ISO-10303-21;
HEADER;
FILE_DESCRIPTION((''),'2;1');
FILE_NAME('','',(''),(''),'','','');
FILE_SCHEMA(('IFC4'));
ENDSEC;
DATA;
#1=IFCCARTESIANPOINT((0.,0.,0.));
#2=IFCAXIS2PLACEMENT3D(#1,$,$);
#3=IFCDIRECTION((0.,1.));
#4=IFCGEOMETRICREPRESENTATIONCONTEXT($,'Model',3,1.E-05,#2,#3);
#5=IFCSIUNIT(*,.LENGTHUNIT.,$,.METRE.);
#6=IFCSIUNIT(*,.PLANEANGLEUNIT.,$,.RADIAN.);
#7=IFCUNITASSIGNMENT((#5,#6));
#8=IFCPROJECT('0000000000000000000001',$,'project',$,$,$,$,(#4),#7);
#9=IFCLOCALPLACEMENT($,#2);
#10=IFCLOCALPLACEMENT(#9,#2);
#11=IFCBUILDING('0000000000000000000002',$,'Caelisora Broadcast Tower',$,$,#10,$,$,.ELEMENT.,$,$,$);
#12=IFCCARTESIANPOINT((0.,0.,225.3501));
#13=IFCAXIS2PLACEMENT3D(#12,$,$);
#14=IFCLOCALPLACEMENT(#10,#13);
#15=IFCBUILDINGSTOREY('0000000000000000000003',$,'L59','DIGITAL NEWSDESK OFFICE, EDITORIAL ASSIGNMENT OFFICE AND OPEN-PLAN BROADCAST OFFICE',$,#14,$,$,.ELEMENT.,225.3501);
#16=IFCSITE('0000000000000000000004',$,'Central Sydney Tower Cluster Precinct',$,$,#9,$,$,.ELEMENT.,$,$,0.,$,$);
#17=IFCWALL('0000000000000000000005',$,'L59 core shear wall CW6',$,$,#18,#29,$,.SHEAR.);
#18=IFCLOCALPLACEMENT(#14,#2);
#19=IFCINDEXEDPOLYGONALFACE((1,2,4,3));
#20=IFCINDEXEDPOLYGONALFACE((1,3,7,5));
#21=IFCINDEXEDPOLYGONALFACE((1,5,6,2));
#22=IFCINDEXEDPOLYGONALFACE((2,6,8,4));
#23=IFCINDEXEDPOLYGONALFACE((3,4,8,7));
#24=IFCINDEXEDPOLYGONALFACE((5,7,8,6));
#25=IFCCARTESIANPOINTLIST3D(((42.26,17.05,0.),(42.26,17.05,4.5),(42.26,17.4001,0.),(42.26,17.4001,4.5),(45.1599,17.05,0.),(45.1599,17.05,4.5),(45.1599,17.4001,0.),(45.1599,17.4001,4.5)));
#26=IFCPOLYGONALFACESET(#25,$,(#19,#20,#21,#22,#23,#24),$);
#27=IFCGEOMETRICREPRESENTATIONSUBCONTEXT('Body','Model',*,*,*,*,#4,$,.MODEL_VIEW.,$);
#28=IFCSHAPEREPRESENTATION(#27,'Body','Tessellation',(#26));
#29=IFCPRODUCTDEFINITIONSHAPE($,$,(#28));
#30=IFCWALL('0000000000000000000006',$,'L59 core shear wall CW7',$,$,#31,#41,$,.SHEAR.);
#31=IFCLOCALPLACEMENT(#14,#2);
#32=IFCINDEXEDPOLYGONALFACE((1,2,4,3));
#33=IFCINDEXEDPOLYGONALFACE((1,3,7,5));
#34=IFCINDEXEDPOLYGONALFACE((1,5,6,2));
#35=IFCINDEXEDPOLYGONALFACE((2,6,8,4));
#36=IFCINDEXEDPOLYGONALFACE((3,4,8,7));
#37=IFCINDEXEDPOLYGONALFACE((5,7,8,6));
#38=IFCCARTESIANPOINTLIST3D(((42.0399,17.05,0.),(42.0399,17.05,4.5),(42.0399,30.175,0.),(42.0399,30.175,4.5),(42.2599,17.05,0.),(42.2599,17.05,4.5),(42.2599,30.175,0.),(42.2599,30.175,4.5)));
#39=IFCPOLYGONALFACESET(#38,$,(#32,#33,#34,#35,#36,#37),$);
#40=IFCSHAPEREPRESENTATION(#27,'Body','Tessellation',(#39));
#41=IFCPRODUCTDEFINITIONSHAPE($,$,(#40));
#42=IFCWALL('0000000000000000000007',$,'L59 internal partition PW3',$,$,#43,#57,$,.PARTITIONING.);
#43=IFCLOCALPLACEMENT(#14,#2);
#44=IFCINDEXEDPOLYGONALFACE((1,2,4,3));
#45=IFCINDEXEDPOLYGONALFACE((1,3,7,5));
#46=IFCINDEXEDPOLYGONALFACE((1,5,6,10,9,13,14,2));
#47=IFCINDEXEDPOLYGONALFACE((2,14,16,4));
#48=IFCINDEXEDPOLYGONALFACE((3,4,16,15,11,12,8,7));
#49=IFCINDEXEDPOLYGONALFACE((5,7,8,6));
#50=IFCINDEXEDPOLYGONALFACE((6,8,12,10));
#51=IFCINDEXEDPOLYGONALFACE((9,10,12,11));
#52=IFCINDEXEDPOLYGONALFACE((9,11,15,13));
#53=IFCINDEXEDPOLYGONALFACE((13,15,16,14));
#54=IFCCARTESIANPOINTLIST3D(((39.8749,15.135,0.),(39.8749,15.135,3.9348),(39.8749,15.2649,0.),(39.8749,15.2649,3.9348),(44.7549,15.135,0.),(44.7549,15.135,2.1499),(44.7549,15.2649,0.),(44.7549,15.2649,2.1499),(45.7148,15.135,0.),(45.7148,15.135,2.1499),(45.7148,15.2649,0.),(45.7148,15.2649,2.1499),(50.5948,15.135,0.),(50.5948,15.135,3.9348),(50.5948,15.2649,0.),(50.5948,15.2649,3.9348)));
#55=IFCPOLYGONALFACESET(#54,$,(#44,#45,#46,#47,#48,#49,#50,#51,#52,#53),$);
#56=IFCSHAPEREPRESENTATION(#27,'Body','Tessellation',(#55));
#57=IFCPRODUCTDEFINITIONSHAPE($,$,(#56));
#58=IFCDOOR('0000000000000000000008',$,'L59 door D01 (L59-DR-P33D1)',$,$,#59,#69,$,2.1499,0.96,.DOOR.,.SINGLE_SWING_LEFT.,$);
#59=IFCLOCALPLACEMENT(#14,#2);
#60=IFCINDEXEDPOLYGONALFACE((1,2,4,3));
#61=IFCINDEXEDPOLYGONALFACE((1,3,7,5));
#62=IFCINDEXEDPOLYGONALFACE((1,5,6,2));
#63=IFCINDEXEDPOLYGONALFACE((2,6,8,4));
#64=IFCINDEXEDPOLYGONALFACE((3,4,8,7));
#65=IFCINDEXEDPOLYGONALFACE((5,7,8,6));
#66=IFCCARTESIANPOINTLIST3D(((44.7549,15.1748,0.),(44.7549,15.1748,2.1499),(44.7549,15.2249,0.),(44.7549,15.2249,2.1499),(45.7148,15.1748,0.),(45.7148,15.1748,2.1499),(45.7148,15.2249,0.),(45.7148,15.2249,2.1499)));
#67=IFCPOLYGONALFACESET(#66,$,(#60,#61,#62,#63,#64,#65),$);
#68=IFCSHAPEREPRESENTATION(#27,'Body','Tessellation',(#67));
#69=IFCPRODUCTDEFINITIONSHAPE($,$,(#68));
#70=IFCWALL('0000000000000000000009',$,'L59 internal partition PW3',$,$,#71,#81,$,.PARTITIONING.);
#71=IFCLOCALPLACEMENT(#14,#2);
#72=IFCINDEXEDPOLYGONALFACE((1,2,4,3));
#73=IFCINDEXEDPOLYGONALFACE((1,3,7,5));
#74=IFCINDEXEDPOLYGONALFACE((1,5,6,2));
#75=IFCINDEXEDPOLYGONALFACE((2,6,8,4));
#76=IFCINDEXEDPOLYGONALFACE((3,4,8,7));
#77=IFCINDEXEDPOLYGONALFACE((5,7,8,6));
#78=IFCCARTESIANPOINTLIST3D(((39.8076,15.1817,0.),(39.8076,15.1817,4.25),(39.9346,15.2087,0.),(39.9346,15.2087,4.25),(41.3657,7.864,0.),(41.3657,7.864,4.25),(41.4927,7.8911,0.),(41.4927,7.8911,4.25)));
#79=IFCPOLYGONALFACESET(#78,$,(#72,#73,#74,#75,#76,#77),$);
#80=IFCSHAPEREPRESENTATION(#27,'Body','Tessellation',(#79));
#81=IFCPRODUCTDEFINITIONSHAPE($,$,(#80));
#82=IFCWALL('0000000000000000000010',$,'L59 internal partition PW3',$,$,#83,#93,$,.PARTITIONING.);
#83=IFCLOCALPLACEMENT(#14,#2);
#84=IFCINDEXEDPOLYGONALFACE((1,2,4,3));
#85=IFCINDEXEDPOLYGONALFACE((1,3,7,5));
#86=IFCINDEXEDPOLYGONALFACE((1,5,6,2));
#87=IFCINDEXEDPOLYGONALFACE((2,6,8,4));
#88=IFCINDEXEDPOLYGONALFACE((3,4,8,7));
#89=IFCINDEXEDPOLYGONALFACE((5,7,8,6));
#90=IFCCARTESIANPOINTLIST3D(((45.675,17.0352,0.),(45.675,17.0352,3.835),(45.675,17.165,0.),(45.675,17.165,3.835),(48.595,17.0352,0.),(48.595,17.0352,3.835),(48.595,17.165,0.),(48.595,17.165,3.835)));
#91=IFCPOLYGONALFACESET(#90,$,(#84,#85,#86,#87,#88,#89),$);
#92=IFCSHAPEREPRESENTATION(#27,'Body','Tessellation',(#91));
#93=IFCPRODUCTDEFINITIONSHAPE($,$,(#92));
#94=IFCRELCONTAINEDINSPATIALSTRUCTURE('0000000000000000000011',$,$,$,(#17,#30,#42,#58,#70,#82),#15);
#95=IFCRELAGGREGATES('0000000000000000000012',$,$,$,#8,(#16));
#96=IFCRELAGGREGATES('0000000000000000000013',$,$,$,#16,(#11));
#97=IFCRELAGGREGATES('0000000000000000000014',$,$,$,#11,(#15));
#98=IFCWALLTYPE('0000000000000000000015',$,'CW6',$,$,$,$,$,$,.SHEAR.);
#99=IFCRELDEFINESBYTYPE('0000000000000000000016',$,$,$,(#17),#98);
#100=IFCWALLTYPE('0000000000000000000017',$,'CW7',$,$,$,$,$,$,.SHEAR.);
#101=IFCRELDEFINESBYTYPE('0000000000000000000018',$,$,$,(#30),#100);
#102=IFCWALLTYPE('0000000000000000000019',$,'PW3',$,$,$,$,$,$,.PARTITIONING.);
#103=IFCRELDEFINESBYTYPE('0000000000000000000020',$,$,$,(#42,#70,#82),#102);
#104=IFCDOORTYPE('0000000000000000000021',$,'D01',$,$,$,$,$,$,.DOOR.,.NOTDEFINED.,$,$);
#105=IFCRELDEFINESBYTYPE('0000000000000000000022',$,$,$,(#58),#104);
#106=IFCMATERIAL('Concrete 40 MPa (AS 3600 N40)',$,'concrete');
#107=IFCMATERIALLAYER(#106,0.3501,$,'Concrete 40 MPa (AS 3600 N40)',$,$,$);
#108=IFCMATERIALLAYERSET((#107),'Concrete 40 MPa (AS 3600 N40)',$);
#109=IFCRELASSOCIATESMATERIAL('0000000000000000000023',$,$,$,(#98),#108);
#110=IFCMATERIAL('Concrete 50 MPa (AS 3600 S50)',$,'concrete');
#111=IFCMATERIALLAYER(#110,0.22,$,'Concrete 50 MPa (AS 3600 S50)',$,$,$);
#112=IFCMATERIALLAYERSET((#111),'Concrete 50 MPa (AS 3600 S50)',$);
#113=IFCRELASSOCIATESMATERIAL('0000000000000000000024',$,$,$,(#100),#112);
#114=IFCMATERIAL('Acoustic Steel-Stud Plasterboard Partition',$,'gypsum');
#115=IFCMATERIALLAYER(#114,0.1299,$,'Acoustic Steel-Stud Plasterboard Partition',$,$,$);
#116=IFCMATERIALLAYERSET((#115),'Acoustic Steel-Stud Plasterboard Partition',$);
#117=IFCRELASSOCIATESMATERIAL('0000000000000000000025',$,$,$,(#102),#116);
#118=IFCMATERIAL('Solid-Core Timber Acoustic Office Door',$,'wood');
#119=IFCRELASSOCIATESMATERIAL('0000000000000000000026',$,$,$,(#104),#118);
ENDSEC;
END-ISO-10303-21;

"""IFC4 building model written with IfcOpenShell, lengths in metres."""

from ifc_helpers import new_model, si_unit, direction, frame, frame_2d, origin, place, context, subcontext, project, spatial, rectangle, extrude, material, layer, layer_set, type_object, element, fill, save


model = new_model("IFC4")

# Units and contexts
model_context = context("Model", 3, precision=1e-05, world=origin(), true_north=direction((0.0, 1.0)))
body_context = subcontext(model_context, "Body", "Model", "MODEL_VIEW")
ifc_project = project(units=[si_unit("LENGTHUNIT", "METRE"), si_unit("PLANEANGLEUNIT", "RADIAN")], contexts=[model_context])

# Site, building, storey
site_placement = place(None, origin())
site = spatial("IfcSite", under=ifc_project, at=site_placement, Name="Central Sydney Tower Cluster Precinct", CompositionType="ELEMENT", RefElevation=0.0)
building_placement = place(site_placement, origin())
building = spatial("IfcBuilding", under=site, at=building_placement, Name="Caelisora Broadcast Tower", CompositionType="ELEMENT")
storey_placement = place(building_placement, frame((0.0, 0.0, 225.3501)))
storey = spatial("IfcBuildingStorey", under=building, at=storey_placement, Name="L59", Description="DIGITAL NEWSDESK OFFICE, EDITORIAL ASSIGNMENT OFFICE AND OPEN-PLAN BROADCAST OFFICE", CompositionType="ELEMENT", Elevation=225.3501)

# Shared definitions
ifc_material_1 = material(Name="Concrete 40 MPa (AS 3600 N40)", Category="concrete")

# Walls
ifc_layer_1 = layer(ifc_material_1, 0.3501, Name="Concrete 40 MPa (AS 3600 N40)")
ifc_layer_set_1 = layer_set([ifc_layer_1], Name="Concrete 40 MPa (AS 3600 N40)")
wall_type_1 = type_object("IfcWallType", Name="CW6", PredefinedType="SHEAR", material=ifc_layer_set_1)
wall_1_placement = place(storey_placement, frame((42.26, 17.2251, 0.0), z_axis=(0.0, 0.0, 1.0), x_axis=(1.0, 0.0, 0.0)))
element("IfcWall", 1, at=wall_1_placement, inside=storey, type_object=wall_type_1, Name="L59 core shear wall CW6", PredefinedType="SHEAR", context=body_context, shape_type="SweptSolid", body=[
    extrude(rectangle(XDim=2.8999, YDim=0.3501, at=frame_2d((1.45, 0.0))), origin(), (0.0, 0.0, 1.0), 4.5),
])
ifc_material_2 = material(Name="Concrete 50 MPa (AS 3600 S50)", Category="concrete")
ifc_layer_2 = layer(ifc_material_2, 0.22, Name="Concrete 50 MPa (AS 3600 S50)")
ifc_layer_set_2 = layer_set([ifc_layer_2], Name="Concrete 50 MPa (AS 3600 S50)")
wall_type_2 = type_object("IfcWallType", Name="CW7", PredefinedType="SHEAR", material=ifc_layer_set_2)
wall_2_placement = place(storey_placement, frame((42.1499, 17.05, 0.0), z_axis=(0.0, 0.0, 1.0), x_axis=(0.0, 1.0, 0.0)))
element("IfcWall", 2, at=wall_2_placement, inside=storey, type_object=wall_type_2, Name="L59 core shear wall CW7", PredefinedType="SHEAR", context=body_context, shape_type="SweptSolid", body=[
    extrude(rectangle(XDim=13.125, YDim=0.22, at=frame_2d((6.5625, 0.0))), origin(), (0.0, 0.0, 1.0), 4.5),
])

# Wall, opening, door
ifc_material_3 = material(Name="Acoustic Steel-Stud Plasterboard Partition", Category="gypsum")
ifc_layer_3 = layer(ifc_material_3, 0.1299, Name="Acoustic Steel-Stud Plasterboard Partition")
ifc_layer_set_3 = layer_set([ifc_layer_3], Name="Acoustic Steel-Stud Plasterboard Partition")
wall_type_3 = type_object("IfcWallType", Name="PW3", PredefinedType="PARTITIONING", material=ifc_layer_set_3)
wall_3_placement = place(storey_placement, frame((39.875, 15.2, 0.0), z_axis=(0.0, 0.0, 1.0), x_axis=(1.0, 0.0, 0.0)))
wall_3 = element("IfcWall", 3, at=wall_3_placement, inside=storey, type_object=wall_type_3, Name="L59 internal partition PW3", PredefinedType="PARTITIONING", context=body_context, shape_type="SweptSolid", body=[
    extrude(rectangle(XDim=10.72, YDim=0.1299, at=frame_2d((5.3599, 0.0))), origin(), (0.0, 0.0, 1.0), 3.9348),
])
opening_1_placement = place(wall_3_placement, frame((4.8799, 0.0, 0.0)))
opening_1 = element("IfcOpeningElement", 4, at=opening_1_placement, cuts=wall_3, PredefinedType="OPENING", context=body_context, shape_type="SweptSolid", body=[
    extrude(rectangle(XDim=0.96, YDim=2.1499, at=frame_2d((0.48, 1.075))), frame((0.0, 0.0769, 0.0), z_axis=(0.0, -1.0, 0.0), x_axis=(1.0, 0.0, 0.0)), (0.0, 0.0, 1.0), 0.1538),
])
ifc_material_4 = material(Name="Solid-Core Timber Acoustic Office Door", Category="wood")
door_type_1 = type_object("IfcDoorType", Name="D01", OperationType="NOTDEFINED", PredefinedType="DOOR", material=ifc_material_4)
door_1_placement = place(opening_1_placement, origin())
door_1 = element("IfcDoor", 5, at=door_1_placement, inside=storey, type_object=door_type_1, Name="L59 door D01 (L59-DR-P33D1)", OperationType="SINGLE_SWING_LEFT", OverallHeight=2.1499, OverallWidth=0.96, PredefinedType="DOOR", context=body_context, shape_type="SweptSolid", body=[
    extrude(rectangle(XDim=0.96, YDim=2.1499, at=frame_2d((0.48, 1.075))), frame((0.0, 0.0249, 0.0), z_axis=(0.0, -1.0, 0.0), x_axis=(1.0, 0.0, 0.0)), (0.0, 0.0, 1.0), 0.05),
])
fill(opening_1, door_1)

# Walls
wall_4_placement = place(storey_placement, frame((39.8711, 15.1951, 0.0), z_axis=(0.0, 0.0, 1.0), x_axis=(0.208256, -0.978074, 0.0)))
element("IfcWall", 6, at=wall_4_placement, inside=storey, type_object=wall_type_3, Name="L59 internal partition PW3", PredefinedType="PARTITIONING", context=body_context, shape_type="SweptSolid", body=[
    extrude(rectangle(XDim=7.4817, YDim=0.1299, at=frame_2d((3.7407, 0.0))), origin(), (0.0, 0.0, 1.0), 4.25),
])
wall_5_placement = place(storey_placement, frame((45.675, 17.1001, 0.0), z_axis=(0.0, 0.0, 1.0), x_axis=(1.0, 0.0, 0.0)))
element("IfcWall", 7, at=wall_5_placement, inside=storey, type_object=wall_type_3, Name="L59 internal partition PW3", PredefinedType="PARTITIONING", context=body_context, shape_type="SweptSolid", body=[
    extrude(rectangle(XDim=2.9199, YDim=0.1299, at=frame_2d((1.46, 0.0))), origin(), (0.0, 0.0, 1.0), 3.835),
])

save(model, "model.ifc")
